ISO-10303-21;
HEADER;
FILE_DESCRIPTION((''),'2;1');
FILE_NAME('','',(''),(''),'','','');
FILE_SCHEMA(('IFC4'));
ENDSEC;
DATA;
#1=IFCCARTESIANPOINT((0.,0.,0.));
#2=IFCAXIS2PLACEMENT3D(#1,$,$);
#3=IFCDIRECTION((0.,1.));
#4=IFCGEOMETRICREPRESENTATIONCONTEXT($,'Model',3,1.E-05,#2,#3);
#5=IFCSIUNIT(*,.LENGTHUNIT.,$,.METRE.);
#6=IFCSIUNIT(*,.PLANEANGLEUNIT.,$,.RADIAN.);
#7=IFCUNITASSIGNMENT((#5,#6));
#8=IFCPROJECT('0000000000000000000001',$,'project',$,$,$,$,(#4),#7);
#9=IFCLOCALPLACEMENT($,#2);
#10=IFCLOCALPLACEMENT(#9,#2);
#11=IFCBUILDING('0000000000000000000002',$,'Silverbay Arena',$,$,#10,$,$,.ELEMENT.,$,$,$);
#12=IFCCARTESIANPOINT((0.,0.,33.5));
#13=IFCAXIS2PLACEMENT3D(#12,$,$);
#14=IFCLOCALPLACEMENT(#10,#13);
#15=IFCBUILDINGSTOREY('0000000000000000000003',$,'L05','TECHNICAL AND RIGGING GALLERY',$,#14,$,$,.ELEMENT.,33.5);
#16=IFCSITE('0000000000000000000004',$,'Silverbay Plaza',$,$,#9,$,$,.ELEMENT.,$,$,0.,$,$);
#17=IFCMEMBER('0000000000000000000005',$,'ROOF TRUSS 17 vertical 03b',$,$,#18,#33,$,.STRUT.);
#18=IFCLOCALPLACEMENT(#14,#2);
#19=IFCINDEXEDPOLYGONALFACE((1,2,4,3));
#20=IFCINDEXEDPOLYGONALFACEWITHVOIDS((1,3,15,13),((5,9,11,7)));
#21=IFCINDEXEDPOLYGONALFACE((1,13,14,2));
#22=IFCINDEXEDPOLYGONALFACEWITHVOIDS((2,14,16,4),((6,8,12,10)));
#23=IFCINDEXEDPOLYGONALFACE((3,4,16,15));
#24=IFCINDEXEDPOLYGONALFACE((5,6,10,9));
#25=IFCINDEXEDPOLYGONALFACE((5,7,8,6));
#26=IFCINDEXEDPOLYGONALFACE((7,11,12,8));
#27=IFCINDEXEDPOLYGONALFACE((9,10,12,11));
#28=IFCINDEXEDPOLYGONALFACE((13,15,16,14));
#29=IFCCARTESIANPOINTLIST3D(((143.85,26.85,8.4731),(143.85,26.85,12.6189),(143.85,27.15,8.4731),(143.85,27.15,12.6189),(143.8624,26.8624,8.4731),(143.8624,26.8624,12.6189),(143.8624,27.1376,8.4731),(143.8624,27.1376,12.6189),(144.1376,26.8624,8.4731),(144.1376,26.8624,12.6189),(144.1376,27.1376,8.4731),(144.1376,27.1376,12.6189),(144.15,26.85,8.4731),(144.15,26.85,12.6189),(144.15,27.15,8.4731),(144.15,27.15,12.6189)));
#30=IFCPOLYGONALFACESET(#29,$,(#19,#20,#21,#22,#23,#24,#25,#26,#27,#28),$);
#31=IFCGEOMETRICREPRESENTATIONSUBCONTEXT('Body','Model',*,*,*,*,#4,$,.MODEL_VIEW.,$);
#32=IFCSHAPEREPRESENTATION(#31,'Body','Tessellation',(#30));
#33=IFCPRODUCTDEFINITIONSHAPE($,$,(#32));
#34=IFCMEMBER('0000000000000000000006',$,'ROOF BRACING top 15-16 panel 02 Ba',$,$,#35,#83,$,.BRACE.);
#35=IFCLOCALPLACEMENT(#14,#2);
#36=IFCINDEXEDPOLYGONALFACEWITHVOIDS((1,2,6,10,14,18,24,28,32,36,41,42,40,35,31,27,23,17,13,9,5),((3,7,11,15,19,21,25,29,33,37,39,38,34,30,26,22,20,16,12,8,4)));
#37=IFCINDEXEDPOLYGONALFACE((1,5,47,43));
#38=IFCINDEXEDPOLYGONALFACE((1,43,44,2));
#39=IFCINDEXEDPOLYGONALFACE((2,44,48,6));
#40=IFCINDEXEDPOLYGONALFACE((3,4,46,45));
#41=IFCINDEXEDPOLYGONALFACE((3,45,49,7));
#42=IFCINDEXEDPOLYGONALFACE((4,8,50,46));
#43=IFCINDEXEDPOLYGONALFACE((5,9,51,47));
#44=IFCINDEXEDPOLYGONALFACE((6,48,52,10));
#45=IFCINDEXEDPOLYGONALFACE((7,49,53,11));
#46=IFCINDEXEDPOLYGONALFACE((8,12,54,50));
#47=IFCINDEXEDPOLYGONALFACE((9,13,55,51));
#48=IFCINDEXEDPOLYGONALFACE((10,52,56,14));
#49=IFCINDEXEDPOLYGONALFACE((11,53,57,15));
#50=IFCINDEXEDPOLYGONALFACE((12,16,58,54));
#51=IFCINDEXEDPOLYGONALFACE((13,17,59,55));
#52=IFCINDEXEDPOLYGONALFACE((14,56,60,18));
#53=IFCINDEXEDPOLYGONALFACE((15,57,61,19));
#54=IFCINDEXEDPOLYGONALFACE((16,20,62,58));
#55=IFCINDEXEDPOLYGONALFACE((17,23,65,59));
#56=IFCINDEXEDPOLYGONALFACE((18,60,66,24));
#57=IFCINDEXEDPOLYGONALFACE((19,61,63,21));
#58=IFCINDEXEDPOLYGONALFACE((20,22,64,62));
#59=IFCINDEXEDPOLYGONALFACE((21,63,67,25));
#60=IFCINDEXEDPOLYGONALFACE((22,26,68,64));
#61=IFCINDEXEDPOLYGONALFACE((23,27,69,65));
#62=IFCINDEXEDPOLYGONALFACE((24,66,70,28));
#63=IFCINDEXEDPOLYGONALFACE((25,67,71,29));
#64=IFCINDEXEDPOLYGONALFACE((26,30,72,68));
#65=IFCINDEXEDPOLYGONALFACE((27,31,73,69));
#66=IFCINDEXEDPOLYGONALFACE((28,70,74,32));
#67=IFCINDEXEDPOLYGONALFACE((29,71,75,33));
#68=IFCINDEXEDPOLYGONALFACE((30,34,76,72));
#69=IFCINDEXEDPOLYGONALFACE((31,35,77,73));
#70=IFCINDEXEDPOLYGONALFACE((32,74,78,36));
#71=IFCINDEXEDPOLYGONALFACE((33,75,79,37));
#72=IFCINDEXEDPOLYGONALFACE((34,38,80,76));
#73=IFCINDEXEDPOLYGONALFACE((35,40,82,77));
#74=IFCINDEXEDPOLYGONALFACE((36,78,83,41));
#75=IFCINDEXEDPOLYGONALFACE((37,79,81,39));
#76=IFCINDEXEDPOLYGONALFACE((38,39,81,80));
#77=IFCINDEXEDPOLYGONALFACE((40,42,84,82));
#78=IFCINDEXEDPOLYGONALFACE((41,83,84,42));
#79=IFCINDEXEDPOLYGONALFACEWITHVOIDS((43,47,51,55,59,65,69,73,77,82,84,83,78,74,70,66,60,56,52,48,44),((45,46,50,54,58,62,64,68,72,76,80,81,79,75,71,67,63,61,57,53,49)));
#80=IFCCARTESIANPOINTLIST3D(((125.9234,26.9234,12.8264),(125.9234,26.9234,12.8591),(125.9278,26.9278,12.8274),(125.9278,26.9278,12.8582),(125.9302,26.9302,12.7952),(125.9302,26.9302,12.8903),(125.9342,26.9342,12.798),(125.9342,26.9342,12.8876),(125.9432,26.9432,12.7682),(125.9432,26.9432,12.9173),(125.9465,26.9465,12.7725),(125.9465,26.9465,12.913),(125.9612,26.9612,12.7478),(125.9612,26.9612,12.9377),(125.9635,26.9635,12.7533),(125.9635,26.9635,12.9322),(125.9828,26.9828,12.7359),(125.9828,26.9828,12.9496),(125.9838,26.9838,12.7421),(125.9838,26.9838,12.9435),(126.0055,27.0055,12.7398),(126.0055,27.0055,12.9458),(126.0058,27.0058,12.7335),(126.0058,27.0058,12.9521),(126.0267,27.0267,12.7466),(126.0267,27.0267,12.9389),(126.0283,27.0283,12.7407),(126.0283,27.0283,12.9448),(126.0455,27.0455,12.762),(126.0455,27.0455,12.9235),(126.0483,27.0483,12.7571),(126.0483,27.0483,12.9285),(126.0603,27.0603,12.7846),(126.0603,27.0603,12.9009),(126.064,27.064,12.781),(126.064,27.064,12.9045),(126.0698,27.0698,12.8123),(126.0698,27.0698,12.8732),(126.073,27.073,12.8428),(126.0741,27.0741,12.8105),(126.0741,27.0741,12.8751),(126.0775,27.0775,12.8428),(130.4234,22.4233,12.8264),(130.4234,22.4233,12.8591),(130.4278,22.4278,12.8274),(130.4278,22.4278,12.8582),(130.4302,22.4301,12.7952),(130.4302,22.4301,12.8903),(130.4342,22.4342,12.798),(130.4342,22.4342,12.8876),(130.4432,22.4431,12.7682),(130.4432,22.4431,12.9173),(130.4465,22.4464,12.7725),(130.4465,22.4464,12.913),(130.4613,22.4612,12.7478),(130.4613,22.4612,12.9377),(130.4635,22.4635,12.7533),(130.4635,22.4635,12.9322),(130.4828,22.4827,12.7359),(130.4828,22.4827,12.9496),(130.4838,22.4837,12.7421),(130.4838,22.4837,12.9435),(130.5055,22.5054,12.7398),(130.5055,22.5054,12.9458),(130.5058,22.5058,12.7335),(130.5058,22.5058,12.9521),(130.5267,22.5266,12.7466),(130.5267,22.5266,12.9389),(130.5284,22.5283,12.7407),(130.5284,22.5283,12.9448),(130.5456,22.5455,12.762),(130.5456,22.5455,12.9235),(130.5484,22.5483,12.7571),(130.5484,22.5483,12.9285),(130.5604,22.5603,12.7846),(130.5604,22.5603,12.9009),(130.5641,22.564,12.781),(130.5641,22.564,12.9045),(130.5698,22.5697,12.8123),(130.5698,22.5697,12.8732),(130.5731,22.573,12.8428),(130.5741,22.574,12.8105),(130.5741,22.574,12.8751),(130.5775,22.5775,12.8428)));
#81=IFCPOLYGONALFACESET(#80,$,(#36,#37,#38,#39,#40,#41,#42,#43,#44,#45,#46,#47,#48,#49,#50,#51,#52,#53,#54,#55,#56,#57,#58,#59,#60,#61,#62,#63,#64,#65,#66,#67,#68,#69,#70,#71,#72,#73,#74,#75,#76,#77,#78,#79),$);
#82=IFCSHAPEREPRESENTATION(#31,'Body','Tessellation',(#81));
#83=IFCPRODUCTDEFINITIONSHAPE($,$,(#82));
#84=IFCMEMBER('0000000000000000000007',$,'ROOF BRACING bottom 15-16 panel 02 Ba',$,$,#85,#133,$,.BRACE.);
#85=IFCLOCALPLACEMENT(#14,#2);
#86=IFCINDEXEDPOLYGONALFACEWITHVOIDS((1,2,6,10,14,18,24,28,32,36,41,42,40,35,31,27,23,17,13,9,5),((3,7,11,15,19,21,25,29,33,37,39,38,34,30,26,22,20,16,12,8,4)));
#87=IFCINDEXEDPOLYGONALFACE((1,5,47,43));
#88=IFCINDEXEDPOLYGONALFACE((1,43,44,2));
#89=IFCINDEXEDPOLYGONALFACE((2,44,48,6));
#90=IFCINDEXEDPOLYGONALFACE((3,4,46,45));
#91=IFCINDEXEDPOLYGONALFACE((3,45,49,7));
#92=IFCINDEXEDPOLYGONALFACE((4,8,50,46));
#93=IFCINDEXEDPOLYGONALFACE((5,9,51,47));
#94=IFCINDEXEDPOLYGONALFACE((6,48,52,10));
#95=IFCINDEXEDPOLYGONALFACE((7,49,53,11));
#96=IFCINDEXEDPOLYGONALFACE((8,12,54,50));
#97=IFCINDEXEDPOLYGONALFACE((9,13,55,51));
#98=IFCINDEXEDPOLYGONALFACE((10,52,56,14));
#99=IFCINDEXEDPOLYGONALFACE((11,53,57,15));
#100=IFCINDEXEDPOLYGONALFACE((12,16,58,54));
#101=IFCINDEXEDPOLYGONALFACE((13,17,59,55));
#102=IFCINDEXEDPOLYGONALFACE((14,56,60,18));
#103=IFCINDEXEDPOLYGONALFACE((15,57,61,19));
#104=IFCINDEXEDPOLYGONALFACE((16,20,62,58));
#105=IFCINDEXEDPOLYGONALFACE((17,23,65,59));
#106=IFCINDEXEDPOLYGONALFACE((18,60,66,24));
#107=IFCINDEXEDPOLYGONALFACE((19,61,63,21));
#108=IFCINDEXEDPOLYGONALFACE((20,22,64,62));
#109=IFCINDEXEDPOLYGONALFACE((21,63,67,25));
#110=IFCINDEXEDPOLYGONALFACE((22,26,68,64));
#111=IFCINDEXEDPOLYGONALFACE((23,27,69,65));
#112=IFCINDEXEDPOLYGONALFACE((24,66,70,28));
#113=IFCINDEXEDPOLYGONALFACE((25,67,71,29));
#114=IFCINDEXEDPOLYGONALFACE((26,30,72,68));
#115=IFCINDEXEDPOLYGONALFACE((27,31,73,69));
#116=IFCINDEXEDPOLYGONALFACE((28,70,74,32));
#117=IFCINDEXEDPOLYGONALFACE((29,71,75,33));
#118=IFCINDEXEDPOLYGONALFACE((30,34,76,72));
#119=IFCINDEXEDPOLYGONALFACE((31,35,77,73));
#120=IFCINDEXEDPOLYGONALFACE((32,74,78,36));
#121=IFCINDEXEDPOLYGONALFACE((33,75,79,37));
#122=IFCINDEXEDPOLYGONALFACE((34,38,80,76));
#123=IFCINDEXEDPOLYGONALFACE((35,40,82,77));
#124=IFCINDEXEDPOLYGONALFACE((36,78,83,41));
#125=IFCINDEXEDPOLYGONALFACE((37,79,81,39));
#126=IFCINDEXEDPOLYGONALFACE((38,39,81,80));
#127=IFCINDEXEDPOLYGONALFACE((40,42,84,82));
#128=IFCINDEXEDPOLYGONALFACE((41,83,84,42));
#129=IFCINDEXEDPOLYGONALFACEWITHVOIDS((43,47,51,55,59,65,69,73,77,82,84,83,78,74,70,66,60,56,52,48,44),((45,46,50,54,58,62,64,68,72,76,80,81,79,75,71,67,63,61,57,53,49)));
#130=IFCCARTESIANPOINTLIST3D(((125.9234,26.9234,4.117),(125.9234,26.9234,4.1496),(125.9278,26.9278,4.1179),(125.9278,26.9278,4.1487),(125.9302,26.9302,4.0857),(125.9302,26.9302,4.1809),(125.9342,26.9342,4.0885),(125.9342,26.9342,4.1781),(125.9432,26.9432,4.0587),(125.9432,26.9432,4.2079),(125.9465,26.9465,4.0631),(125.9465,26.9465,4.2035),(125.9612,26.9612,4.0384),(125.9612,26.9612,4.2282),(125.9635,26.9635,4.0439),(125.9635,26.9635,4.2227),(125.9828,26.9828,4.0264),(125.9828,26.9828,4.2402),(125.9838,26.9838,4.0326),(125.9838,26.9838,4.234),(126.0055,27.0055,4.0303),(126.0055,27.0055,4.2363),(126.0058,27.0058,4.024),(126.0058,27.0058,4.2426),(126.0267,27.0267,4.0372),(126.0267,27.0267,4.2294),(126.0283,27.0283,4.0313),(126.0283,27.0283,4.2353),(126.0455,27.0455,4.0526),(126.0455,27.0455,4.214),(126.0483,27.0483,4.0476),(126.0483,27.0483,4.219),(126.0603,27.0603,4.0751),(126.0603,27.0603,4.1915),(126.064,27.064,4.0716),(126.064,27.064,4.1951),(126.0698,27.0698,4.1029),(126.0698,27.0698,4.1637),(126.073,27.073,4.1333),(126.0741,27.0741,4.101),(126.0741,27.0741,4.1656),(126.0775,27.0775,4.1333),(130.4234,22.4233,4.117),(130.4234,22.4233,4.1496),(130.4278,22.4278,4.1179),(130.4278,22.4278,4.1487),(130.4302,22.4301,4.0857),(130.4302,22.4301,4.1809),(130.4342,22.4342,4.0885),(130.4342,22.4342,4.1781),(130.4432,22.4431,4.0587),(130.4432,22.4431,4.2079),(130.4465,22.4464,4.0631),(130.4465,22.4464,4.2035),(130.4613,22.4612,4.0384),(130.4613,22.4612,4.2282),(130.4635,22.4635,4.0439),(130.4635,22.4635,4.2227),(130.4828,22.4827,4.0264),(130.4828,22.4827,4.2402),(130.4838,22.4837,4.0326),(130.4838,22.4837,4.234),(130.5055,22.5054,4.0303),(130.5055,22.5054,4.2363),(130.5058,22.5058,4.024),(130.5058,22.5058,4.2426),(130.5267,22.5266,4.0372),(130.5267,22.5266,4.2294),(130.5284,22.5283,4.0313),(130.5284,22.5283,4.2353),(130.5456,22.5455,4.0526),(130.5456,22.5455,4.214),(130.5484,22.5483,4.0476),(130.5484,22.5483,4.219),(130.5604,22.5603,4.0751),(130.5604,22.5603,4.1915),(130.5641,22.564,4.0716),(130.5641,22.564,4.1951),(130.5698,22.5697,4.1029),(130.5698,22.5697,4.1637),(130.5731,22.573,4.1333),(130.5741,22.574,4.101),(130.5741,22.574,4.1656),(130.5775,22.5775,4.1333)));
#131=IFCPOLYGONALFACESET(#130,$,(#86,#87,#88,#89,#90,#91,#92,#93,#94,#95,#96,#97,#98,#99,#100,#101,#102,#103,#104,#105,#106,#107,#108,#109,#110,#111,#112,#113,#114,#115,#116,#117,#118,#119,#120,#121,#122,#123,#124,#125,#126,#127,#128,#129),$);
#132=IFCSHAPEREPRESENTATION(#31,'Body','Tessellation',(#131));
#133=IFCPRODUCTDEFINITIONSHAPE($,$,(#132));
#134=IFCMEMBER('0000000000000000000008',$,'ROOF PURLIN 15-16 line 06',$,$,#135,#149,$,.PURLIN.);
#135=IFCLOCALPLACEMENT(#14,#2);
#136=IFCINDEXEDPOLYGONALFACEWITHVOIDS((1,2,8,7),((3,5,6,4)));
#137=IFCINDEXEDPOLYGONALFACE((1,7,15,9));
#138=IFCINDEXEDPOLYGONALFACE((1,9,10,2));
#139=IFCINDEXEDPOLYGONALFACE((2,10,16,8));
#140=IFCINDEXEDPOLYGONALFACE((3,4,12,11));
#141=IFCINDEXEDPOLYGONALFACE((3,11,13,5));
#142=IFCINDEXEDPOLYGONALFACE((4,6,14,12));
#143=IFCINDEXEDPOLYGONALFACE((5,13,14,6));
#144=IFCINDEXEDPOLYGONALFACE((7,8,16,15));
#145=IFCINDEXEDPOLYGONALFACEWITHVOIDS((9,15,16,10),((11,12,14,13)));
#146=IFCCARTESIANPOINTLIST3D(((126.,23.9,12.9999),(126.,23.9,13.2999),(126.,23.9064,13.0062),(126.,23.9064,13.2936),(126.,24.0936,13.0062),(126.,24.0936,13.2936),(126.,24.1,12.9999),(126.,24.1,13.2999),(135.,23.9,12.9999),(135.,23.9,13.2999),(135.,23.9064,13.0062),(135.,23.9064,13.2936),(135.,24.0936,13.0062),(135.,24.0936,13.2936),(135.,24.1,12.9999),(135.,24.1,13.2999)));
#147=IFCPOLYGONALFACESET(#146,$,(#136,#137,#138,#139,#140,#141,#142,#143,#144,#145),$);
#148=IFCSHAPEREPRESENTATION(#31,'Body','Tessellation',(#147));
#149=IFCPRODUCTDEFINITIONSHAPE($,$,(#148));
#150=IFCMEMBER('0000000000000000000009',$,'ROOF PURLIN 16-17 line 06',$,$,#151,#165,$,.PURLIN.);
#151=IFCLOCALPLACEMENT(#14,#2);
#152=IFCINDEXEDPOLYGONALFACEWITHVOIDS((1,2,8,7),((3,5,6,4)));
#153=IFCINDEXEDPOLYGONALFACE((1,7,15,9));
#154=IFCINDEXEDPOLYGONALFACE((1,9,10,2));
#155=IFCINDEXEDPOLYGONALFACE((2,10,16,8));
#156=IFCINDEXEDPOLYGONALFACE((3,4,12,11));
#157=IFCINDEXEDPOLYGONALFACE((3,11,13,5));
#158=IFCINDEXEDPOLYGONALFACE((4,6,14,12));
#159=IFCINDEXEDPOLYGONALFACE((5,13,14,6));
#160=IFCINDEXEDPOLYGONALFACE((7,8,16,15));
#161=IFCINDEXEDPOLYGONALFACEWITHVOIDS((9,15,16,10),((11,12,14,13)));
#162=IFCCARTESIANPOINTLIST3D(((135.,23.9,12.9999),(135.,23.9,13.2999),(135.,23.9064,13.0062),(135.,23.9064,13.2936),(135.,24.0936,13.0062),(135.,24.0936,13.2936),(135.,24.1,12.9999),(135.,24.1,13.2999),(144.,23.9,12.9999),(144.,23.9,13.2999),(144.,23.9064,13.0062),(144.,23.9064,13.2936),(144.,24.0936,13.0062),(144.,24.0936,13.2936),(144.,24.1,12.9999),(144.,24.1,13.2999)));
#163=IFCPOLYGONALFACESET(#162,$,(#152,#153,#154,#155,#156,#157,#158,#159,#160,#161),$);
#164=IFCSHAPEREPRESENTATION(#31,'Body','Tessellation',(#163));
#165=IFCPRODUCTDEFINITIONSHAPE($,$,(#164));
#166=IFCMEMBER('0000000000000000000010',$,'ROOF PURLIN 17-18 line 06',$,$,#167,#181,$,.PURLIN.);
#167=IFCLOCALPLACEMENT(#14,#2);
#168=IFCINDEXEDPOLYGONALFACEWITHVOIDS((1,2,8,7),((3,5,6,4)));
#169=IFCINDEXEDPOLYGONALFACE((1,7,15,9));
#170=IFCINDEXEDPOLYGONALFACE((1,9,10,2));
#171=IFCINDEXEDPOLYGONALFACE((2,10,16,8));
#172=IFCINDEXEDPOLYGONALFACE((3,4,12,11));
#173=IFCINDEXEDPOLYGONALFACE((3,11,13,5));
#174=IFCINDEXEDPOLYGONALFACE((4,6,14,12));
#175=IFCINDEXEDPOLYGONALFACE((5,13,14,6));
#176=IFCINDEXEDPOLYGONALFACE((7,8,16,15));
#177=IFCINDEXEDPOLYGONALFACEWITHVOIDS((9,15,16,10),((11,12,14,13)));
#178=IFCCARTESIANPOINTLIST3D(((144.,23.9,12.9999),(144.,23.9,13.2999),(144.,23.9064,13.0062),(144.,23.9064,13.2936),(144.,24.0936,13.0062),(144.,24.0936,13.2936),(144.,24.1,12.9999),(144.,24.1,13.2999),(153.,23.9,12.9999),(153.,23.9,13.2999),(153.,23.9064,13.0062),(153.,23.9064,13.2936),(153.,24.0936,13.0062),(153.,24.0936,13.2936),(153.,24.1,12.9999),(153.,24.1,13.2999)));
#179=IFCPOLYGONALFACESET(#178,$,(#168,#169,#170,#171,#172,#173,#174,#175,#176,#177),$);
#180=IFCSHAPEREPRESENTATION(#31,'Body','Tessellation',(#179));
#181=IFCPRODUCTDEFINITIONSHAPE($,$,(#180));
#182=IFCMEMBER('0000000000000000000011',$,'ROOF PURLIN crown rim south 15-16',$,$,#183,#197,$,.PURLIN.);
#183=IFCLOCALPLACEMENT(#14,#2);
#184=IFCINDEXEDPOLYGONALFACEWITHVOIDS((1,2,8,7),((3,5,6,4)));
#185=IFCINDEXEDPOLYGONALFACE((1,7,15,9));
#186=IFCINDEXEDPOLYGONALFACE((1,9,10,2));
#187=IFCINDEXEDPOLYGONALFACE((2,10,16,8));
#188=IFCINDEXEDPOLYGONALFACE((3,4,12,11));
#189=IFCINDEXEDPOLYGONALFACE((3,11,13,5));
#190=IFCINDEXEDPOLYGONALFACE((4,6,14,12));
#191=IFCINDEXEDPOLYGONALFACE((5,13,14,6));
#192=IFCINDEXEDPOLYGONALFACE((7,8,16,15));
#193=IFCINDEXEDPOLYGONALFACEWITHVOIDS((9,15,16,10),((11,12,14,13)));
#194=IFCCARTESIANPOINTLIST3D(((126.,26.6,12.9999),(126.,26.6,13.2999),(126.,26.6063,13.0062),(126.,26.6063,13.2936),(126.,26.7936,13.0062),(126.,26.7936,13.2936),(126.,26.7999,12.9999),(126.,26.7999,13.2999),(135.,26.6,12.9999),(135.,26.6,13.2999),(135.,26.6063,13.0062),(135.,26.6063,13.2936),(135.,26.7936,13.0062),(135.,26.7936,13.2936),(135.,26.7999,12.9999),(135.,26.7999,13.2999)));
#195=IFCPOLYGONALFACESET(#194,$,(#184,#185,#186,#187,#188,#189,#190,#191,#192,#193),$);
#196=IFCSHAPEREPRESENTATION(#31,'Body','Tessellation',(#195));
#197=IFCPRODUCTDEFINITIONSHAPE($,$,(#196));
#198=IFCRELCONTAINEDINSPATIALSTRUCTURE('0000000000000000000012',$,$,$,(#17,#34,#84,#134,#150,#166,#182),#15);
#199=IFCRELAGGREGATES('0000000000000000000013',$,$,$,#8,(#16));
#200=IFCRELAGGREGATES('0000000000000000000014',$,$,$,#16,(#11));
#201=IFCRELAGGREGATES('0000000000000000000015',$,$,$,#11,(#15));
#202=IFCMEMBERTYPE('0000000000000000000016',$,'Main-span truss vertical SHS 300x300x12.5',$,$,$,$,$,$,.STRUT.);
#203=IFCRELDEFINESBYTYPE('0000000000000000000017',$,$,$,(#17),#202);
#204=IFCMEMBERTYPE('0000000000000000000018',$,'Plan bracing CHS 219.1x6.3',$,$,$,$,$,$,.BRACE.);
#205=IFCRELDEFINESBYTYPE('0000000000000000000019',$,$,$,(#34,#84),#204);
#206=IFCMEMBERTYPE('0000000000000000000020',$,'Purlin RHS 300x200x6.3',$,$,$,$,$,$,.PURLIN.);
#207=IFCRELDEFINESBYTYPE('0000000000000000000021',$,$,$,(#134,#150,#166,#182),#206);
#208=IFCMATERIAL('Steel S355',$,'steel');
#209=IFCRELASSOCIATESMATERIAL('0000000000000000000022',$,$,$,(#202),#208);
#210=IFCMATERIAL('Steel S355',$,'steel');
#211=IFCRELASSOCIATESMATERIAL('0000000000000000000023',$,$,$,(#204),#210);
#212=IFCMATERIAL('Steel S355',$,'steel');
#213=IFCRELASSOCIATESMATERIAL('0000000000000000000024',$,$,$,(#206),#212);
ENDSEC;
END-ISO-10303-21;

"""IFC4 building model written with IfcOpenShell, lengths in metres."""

from ifc_helpers import new_model, si_unit, direction, frame, origin, origin_2d, place, context, subcontext, project, spatial, hollow_rectangle, hollow_circle, extrude, material, material_profile, profile_set, type_object, element, save


model = new_model("IFC4")

# Units and contexts
model_context = context("Model", 3, precision=1e-05, world=origin(), true_north=direction((0.0, 1.0)))
body_context = subcontext(model_context, "Body", "Model", "MODEL_VIEW")
ifc_project = project(units=[si_unit("LENGTHUNIT", "METRE"), si_unit("PLANEANGLEUNIT", "RADIAN")], contexts=[model_context])

# Site, building, storey
site_placement = place(None, origin())
site = spatial("IfcSite", under=ifc_project, at=site_placement, Name="Silverbay Plaza", CompositionType="ELEMENT", RefElevation=0.0)
building_placement = place(site_placement, origin())
building = spatial("IfcBuilding", under=site, at=building_placement, Name="Silverbay Arena", CompositionType="ELEMENT")
storey_placement = place(building_placement, frame((0.0, 0.0, 33.5)))
storey = spatial("IfcBuildingStorey", under=building, at=storey_placement, Name="L05", Description="TECHNICAL AND RIGGING GALLERY", CompositionType="ELEMENT", Elevation=33.5)

# Members
ifc_material_1 = material(Name="Steel S355", Category="steel")
ifc_material_profile_1 = material_profile(ifc_material_1, hollow_rectangle(XDim=0.3, YDim=0.3, WallThickness=0.0125, at=origin_2d()), Name="SHS 300x300x12.5")
ifc_profile_set_1 = profile_set([ifc_material_profile_1], Name="Steel S355")
member_type_1 = type_object("IfcMemberType", Name="Main-span truss vertical SHS 300x300x12.5", PredefinedType="STRUT", material=ifc_profile_set_1)
member_1_placement = place(storey_placement, frame((144.0, 27.0, 8.4731), z_axis=(0.0, 0.0, 1.0), x_axis=(1.0, 0.0, 0.0)))
element("IfcMember", 1, at=member_1_placement, inside=storey, type_object=member_type_1, Name="ROOF TRUSS 17 vertical 03b", PredefinedType="STRUT", context=body_context, shape_type="SweptSolid", body=[
    extrude(hollow_rectangle(XDim=0.3, YDim=0.3, WallThickness=0.0125, at=origin_2d()), origin(), (0.0, 0.0, 1.0), 4.1458),
])
ifc_material_2 = material(Name="Steel S355", Category="steel")
ifc_material_profile_2 = material_profile(ifc_material_2, hollow_circle(Radius=0.1096, WallThickness=0.0063, at=origin_2d()), Name="CHS 219.1x6.3")
ifc_profile_set_2 = profile_set([ifc_material_profile_2], Name="Steel S355")
member_type_2 = type_object("IfcMemberType", Name="Plan bracing CHS 219.1x6.3", PredefinedType="BRACE", material=ifc_profile_set_2)
for number, where, z_axis, x_axis, name in (
    (2, (126.0, 27.0, 12.8428), (0.707107, -0.707107, 0.0), (0.707107, 0.707107, 0.0), "ROOF BRACING top 15-16 panel 02 Ba"),
    (3, (126.0, 27.0, 4.1333), (0.707107, -0.707107, 0.0), (0.707107, 0.707107, 0.0), "ROOF BRACING bottom 15-16 panel 02 Ba"),
):
    element("IfcMember", number, at=place(storey_placement, frame(where, z_axis=z_axis, x_axis=x_axis)), inside=storey, type_object=member_type_2, Name=name, PredefinedType="BRACE", context=body_context, shape_type="SweptSolid", body=[
        extrude(hollow_circle(Radius=0.1096, WallThickness=0.0063, at=origin_2d()), origin(), (0.0, 0.0, 1.0), 6.364),
    ])
ifc_material_3 = material(Name="Steel S355", Category="steel")
ifc_material_profile_3 = material_profile(ifc_material_3, hollow_rectangle(XDim=0.2, YDim=0.3, WallThickness=0.0063, at=origin_2d()), Name="RHS 300x200x6.3")
ifc_profile_set_3 = profile_set([ifc_material_profile_3], Name="Steel S355")
member_type_3 = type_object("IfcMemberType", Name="Purlin RHS 300x200x6.3", PredefinedType="PURLIN", material=ifc_profile_set_3)
for number, where, z_axis, x_axis, name in (
    (4, (126.0, 24.0, 13.1499), (1.0, 0.0, 0.0), (0.0, 1.0, 0.0), "ROOF PURLIN 15-16 line 06"),
    (5, (135.0, 24.0, 13.1499), (1.0, 0.0, 0.0), (0.0, 1.0, 0.0), "ROOF PURLIN 16-17 line 06"),
    (6, (144.0, 24.0, 13.1499), (1.0, 0.0, 0.0), (0.0, 1.0, 0.0), "ROOF PURLIN 17-18 line 06"),
    (7, (126.0, 26.7, 13.1499), (1.0, 0.0, 0.0), (0.0, 1.0, 0.0), "ROOF PURLIN crown rim south 15-16"),
):
    element("IfcMember", number, at=place(storey_placement, frame(where, z_axis=z_axis, x_axis=x_axis)), inside=storey, type_object=member_type_3, Name=name, PredefinedType="PURLIN", context=body_context, shape_type="SweptSolid", body=[
        extrude(hollow_rectangle(XDim=0.2, YDim=0.3, WallThickness=0.0063, at=origin_2d()), origin(), (0.0, 0.0, 1.0), 9.0),
    ])

save(model, "model.ifc")
